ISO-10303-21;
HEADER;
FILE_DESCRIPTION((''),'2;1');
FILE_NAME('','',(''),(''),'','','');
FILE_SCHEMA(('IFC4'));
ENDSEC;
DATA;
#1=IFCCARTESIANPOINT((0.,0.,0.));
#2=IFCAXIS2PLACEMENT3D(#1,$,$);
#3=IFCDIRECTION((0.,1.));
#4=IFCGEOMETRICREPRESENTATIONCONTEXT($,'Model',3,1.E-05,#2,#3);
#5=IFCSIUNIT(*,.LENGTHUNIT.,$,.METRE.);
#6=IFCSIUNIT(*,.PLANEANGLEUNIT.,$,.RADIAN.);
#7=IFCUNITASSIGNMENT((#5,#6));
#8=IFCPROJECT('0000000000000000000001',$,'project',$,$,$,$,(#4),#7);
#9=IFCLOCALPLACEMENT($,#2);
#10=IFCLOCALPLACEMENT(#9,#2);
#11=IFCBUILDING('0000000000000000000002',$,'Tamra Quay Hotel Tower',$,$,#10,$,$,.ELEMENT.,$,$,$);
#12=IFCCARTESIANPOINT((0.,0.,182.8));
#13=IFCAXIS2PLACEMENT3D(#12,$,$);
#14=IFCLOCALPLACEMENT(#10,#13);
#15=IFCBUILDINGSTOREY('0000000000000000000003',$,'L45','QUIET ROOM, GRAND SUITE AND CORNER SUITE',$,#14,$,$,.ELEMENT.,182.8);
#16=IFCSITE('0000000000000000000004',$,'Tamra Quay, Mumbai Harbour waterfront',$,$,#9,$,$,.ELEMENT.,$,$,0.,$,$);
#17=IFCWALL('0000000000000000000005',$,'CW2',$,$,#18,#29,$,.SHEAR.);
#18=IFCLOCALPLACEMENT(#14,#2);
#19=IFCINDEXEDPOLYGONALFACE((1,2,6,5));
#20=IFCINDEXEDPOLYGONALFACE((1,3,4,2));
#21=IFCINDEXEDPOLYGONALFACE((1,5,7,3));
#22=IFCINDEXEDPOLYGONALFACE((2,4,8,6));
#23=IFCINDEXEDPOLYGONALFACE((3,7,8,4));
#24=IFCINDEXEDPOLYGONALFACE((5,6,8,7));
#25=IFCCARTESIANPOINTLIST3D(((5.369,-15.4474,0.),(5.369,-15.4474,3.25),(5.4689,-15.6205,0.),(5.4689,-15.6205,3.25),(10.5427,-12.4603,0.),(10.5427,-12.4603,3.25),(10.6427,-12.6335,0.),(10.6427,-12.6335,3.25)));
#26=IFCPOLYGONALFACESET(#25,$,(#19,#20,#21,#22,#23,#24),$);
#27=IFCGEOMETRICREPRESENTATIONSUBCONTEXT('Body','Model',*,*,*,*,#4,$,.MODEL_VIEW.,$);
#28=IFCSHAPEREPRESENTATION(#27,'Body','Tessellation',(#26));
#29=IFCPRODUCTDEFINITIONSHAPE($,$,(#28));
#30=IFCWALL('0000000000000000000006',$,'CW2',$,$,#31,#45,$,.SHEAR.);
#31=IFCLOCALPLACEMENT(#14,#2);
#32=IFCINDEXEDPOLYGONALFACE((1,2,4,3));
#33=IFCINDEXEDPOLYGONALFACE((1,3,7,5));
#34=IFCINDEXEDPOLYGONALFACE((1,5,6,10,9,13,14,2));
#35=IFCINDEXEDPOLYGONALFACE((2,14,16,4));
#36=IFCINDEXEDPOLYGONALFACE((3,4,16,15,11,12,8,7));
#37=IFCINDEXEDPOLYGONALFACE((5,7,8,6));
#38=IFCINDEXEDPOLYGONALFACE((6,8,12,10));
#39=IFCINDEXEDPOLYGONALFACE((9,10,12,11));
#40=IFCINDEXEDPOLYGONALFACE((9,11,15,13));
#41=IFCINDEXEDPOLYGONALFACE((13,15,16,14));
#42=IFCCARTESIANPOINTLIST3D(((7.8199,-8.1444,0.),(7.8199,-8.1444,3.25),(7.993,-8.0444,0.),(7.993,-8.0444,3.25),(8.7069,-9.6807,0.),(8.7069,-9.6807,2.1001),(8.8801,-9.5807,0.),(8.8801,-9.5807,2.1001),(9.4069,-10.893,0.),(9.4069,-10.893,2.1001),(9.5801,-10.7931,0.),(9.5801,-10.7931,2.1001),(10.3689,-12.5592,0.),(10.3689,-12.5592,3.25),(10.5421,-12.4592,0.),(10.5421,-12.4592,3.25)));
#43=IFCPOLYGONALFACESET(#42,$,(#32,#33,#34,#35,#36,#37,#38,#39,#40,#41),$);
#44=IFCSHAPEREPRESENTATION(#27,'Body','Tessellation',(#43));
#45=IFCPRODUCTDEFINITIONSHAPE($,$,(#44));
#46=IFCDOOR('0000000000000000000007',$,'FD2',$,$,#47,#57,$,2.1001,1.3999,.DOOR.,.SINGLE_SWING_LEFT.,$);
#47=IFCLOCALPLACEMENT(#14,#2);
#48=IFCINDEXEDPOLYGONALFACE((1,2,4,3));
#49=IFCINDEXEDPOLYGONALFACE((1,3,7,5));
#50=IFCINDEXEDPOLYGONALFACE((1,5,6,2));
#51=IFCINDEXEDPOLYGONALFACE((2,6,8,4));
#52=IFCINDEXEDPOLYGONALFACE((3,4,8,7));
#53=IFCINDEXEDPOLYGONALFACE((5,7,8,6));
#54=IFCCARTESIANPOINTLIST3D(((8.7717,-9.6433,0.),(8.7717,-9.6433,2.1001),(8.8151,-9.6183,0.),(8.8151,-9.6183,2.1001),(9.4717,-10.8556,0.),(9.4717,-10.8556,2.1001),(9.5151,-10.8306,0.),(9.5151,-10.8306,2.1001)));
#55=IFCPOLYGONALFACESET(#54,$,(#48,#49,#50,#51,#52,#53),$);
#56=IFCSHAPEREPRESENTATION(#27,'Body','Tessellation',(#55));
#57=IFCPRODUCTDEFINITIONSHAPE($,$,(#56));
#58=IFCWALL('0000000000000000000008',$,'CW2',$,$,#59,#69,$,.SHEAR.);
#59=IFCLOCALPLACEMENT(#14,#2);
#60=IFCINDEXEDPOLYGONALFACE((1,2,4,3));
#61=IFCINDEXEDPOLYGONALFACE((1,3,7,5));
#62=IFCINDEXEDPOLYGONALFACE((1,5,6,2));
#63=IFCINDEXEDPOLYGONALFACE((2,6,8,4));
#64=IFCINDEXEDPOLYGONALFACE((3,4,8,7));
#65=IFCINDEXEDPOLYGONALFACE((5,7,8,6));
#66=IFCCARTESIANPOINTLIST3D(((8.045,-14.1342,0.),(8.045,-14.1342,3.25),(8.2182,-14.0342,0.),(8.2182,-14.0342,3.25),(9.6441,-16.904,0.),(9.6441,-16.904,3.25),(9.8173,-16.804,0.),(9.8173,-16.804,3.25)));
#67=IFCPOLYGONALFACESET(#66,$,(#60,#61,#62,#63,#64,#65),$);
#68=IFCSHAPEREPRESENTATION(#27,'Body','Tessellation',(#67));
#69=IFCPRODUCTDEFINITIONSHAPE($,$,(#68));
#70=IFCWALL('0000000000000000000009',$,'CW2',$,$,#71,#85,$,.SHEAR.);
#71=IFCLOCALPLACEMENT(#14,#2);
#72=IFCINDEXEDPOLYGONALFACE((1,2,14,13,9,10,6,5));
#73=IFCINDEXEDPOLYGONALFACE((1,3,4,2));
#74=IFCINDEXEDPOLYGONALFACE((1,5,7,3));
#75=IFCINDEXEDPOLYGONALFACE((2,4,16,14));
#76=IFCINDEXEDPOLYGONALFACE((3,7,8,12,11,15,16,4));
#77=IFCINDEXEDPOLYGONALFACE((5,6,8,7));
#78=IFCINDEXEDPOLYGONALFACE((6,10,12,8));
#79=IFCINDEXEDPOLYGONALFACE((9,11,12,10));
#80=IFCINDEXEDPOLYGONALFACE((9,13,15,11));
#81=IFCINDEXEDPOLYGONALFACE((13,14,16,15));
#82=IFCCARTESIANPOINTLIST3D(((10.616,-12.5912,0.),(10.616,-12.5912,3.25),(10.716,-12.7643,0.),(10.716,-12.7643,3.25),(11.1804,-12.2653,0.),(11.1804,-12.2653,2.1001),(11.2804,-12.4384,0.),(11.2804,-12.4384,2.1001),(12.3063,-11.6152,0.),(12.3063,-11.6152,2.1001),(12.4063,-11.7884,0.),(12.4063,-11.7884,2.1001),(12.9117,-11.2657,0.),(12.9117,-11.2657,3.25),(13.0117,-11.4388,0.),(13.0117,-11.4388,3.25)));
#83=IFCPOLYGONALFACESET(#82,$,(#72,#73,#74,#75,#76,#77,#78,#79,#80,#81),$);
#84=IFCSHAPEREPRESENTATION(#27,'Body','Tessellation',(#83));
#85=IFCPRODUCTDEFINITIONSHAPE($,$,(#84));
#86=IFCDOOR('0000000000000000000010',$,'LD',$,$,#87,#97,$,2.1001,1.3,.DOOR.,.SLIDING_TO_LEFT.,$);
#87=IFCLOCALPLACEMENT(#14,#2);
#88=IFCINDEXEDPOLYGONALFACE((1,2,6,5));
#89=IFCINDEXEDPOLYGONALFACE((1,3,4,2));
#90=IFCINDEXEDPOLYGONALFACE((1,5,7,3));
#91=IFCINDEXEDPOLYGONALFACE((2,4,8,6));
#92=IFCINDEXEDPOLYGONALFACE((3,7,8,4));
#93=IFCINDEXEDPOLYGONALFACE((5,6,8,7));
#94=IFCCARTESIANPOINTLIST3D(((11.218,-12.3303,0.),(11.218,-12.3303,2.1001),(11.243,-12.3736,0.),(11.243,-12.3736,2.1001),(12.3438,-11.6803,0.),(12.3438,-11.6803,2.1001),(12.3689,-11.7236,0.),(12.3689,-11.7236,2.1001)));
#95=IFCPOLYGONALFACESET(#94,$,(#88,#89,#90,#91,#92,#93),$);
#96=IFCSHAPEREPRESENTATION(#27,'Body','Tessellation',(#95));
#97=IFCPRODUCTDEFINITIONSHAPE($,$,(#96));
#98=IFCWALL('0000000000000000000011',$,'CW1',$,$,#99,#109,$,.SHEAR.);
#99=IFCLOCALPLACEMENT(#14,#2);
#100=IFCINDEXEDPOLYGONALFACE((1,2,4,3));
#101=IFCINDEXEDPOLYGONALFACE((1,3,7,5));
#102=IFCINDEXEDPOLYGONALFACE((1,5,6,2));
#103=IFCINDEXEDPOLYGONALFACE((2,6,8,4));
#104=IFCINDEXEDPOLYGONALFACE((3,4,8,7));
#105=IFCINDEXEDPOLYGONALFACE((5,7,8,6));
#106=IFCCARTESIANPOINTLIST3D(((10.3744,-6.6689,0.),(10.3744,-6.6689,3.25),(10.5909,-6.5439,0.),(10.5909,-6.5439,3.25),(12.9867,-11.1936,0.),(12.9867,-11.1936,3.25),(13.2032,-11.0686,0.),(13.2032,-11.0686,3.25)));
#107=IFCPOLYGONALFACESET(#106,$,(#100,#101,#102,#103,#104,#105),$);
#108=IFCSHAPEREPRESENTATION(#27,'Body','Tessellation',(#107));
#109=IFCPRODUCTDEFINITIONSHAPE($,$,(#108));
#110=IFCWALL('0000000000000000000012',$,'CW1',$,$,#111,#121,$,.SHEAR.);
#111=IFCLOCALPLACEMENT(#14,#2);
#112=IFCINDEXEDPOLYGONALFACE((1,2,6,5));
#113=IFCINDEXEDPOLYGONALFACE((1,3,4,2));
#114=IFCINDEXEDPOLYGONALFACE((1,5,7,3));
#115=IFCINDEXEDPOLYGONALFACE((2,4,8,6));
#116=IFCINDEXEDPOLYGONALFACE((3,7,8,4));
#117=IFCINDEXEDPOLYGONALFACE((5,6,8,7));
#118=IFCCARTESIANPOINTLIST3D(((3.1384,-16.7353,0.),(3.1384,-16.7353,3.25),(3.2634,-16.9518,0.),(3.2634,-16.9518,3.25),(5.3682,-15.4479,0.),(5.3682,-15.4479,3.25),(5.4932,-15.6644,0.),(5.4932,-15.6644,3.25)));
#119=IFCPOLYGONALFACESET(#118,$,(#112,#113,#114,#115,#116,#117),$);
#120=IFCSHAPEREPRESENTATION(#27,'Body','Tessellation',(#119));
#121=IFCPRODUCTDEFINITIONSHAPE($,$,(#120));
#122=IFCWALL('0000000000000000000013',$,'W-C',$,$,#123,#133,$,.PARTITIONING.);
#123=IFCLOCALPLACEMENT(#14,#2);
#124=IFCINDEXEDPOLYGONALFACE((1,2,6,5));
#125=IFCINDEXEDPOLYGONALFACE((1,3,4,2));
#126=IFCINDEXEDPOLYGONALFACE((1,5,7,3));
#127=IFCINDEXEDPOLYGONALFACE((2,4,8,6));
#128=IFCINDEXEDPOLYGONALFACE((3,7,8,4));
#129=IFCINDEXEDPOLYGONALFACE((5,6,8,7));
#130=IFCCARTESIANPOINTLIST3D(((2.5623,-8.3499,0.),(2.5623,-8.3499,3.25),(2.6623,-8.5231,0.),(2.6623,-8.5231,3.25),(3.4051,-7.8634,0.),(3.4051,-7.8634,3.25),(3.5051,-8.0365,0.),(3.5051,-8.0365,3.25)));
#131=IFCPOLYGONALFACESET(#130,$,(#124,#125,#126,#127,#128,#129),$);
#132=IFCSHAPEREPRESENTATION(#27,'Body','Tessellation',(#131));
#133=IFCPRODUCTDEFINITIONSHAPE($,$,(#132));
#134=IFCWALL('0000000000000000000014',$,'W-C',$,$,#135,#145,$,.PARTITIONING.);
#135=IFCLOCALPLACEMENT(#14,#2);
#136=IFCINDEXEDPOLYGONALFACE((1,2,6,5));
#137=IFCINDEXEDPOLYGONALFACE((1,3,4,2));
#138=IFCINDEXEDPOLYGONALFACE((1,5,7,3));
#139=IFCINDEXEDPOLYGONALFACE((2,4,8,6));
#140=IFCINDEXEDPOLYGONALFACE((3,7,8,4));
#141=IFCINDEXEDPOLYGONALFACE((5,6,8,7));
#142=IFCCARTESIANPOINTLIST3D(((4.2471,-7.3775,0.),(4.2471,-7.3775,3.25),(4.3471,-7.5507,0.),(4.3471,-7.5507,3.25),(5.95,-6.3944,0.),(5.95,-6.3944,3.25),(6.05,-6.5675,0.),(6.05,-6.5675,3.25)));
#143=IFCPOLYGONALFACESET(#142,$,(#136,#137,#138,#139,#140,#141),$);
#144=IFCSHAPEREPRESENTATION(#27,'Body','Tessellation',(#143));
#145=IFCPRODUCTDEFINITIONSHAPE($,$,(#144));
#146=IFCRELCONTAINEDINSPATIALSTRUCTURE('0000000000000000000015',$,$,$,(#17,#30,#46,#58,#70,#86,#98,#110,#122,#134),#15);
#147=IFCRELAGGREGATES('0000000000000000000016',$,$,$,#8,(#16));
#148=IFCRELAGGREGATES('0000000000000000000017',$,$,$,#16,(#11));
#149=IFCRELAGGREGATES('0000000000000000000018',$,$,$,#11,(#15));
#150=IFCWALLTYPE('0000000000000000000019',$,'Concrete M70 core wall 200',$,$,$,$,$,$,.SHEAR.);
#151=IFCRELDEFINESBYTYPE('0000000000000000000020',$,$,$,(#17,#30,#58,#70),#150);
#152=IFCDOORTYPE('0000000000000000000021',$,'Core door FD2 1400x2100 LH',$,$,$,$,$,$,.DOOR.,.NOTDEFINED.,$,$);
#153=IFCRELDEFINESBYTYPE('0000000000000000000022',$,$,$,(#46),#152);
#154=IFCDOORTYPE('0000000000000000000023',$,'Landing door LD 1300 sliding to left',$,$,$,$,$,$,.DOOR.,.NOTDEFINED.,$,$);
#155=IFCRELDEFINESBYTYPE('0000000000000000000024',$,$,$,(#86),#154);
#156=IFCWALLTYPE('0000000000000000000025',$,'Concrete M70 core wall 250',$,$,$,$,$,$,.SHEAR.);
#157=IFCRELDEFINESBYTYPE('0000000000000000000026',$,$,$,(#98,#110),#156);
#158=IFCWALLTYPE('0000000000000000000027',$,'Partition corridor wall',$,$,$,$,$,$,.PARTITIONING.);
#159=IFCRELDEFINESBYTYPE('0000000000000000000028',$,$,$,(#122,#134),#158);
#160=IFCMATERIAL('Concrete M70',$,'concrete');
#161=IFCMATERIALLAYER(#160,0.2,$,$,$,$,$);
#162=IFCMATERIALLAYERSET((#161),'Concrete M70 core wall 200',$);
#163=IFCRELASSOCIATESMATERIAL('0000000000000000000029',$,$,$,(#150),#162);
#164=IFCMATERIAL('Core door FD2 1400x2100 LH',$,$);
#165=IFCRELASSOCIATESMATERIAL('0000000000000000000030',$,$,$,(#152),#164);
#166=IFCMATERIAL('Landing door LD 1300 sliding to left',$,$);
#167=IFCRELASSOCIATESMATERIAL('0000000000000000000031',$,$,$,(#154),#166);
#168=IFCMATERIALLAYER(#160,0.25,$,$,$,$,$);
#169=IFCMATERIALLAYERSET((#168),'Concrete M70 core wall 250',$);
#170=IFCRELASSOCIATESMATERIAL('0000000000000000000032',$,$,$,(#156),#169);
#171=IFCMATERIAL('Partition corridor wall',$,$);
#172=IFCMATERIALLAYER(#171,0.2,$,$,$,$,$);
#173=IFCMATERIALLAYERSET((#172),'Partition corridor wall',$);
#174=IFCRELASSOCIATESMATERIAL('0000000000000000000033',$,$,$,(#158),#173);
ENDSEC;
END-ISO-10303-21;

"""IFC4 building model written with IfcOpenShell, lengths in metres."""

from ifc_helpers import new_model, si_unit, direction, frame, frame_2d, origin, place, context, subcontext, project, spatial, rectangle, extrude, material, layer, layer_set, type_object, element, fill, save


model = new_model("IFC4")

# Units and contexts
model_context = context("Model", 3, precision=1e-05, world=origin(), true_north=direction((0.0, 1.0)))
body_context = subcontext(model_context, "Body", "Model", "MODEL_VIEW")
ifc_project = project(units=[si_unit("LENGTHUNIT", "METRE"), si_unit("PLANEANGLEUNIT", "RADIAN")], contexts=[model_context])

# Site, building, storey
site_placement = place(None, origin())
site = spatial("IfcSite", under=ifc_project, at=site_placement, Name="Tamra Quay, Mumbai Harbour waterfront", CompositionType="ELEMENT", RefElevation=0.0)
building_placement = place(site_placement, origin())
building = spatial("IfcBuilding", under=site, at=building_placement, Name="Tamra Quay Hotel Tower", CompositionType="ELEMENT")
storey_placement = place(building_placement, frame((0.0, 0.0, 182.8)))
storey = spatial("IfcBuildingStorey", under=building, at=storey_placement, Name="L45", Description="QUIET ROOM, GRAND SUITE AND CORNER SUITE", CompositionType="ELEMENT", Elevation=182.8)

# Wall
ifc_material_1 = material(Name="Concrete M70", Category="concrete")
ifc_layer_1 = layer(ifc_material_1, 0.2)
ifc_layer_set_1 = layer_set([ifc_layer_1], Name="Concrete M70 core wall 200")
wall_type_1 = type_object("IfcWallType", Name="Concrete M70 core wall 200", PredefinedType="SHEAR", material=ifc_layer_set_1)
wall_1_placement = place(storey_placement, frame((5.4189, -15.5339, 0.0), z_axis=(0.0, 0.0, 1.0), x_axis=(0.866029, 0.499994, 0.0)))
element("IfcWall", 1, at=wall_1_placement, inside=storey, type_object=wall_type_1, Name="CW2", PredefinedType="SHEAR", context=body_context, shape_type="SweptSolid", body=[
    extrude(rectangle(XDim=5.9741, YDim=0.2, at=frame_2d((2.9871, 0.0))), origin(), (0.0, 0.0, 1.0), 3.25),
])

# Wall, opening, door
wall_2_placement = place(storey_placement, frame((7.9065, -8.0945, 0.0), z_axis=(0.0, 0.0, 1.0), x_axis=(0.500028, -0.866009, 0.0)))
wall_2 = element("IfcWall", 2, at=wall_2_placement, inside=storey, type_object=wall_type_1, Name="CW2", PredefinedType="SHEAR", context=body_context, shape_type="SweptSolid", body=[
    extrude(rectangle(XDim=5.0979, YDim=0.2, at=frame_2d((2.5488, 0.0))), origin(), (0.0, 0.0, 1.0), 3.25),
])
opening_1_placement = place(wall_2_placement, frame((1.7739, 0.0, 0.0)))
opening_1 = element("IfcOpeningElement", 3, at=opening_1_placement, cuts=wall_2, PredefinedType="OPENING", context=body_context, shape_type="SweptSolid", body=[
    extrude(rectangle(XDim=1.3999, YDim=2.1001, at=frame_2d((0.7, 1.05))), frame((0.0, 0.1099, 0.0), z_axis=(0.0, -1.0, 0.0), x_axis=(1.0, 0.0, 0.0)), (0.0, 0.0, 1.0), 0.22),
])
ifc_material_2 = material(Name="Core door FD2 1400x2100 LH")
door_type_1 = type_object("IfcDoorType", Name="Core door FD2 1400x2100 LH", OperationType="NOTDEFINED", PredefinedType="DOOR", material=ifc_material_2)
door_1_placement = place(opening_1_placement, origin())
door_1 = element("IfcDoor", 4, at=door_1_placement, inside=storey, type_object=door_type_1, Name="FD2", OperationType="SINGLE_SWING_LEFT", OverallHeight=2.1001, OverallWidth=1.3999, PredefinedType="DOOR", context=body_context, shape_type="SweptSolid", body=[
    extrude(rectangle(XDim=1.3999, YDim=2.1001, at=frame_2d((0.7, 1.05))), frame((0.0, 0.0249, 0.0), z_axis=(0.0, -1.0, 0.0), x_axis=(1.0, 0.0, 0.0)), (0.0, 0.0, 1.0), 0.05),
])
fill(opening_1, door_1)

# Wall
wall_3_placement = place(storey_placement, frame((8.1316, -14.0842, 0.0), z_axis=(0.0, 0.0, 1.0), x_axis=(0.499998, -0.866027, 0.0)))
element("IfcWall", 5, at=wall_3_placement, inside=storey, type_object=wall_type_1, Name="CW2", PredefinedType="SHEAR", context=body_context, shape_type="SweptSolid", body=[
    extrude(rectangle(XDim=3.1982, YDim=0.2, at=frame_2d((1.5991, 0.0))), origin(), (0.0, 0.0, 1.0), 3.25),
])

# Wall, opening, door
wall_4_placement = place(storey_placement, frame((10.666, -12.6777, 0.0), z_axis=(0.0, 0.0, 1.0), x_axis=(0.866018, 0.500012, 0.0)))
wall_4 = element("IfcWall", 6, at=wall_4_placement, inside=storey, type_object=wall_type_1, Name="CW2", PredefinedType="SHEAR", context=body_context, shape_type="SweptSolid", body=[
    extrude(rectangle(XDim=2.6509, YDim=0.2, at=frame_2d((1.3254, 0.0))), origin(), (0.0, 0.0, 1.0), 3.25),
])
opening_2_placement = place(wall_4_placement, frame((0.6519, 0.0, 0.0)))
opening_2 = element("IfcOpeningElement", 7, at=opening_2_placement, cuts=wall_4, PredefinedType="OPENING", context=body_context, shape_type="SweptSolid", body=[
    extrude(rectangle(XDim=1.3, YDim=2.1001, at=frame_2d((0.6499, 1.05))), frame((0.0, 0.1099, 0.0), z_axis=(0.0, -1.0, 0.0), x_axis=(1.0, 0.0, 0.0)), (0.0, 0.0, 1.0), 0.22),
])
ifc_material_3 = material(Name="Landing door LD 1300 sliding to left")
door_type_2 = type_object("IfcDoorType", Name="Landing door LD 1300 sliding to left", OperationType="NOTDEFINED", PredefinedType="DOOR", material=ifc_material_3)
door_2_placement = place(opening_2_placement, origin())
door_2 = element("IfcDoor", 8, at=door_2_placement, inside=storey, type_object=door_type_2, Name="LD", OperationType="SLIDING_TO_LEFT", OverallHeight=2.1001, OverallWidth=1.3, PredefinedType="DOOR", context=body_context, shape_type="SweptSolid", body=[
    extrude(rectangle(XDim=1.3, YDim=2.1001, at=frame_2d((0.6499, 1.05))), frame((0.0, 0.0249, 0.0), z_axis=(0.0, -1.0, 0.0), x_axis=(1.0, 0.0, 0.0)), (0.0, 0.0, 1.0), 0.05),
])
fill(opening_2, door_2)

# Walls
ifc_layer_2 = layer(ifc_material_1, 0.25)
ifc_layer_set_2 = layer_set([ifc_layer_2], Name="Concrete M70 core wall 250")
wall_type_2 = type_object("IfcWallType", Name="Concrete M70 core wall 250", PredefinedType="SHEAR", material=ifc_layer_set_2)
wall_5_placement = place(storey_placement, frame((10.4827, -6.6064, 0.0), z_axis=(0.0, 0.0, 1.0), x_axis=(0.499999, -0.866026, 0.0)))
element("IfcWall", 9, at=wall_5_placement, inside=storey, type_object=wall_type_2, Name="CW1", PredefinedType="SHEAR", context=body_context, shape_type="SweptSolid", body=[
    extrude(rectangle(XDim=5.2246, YDim=0.25, at=frame_2d((2.6123, 0.0))), origin(), (0.0, 0.0, 1.0), 3.25),
])
wall_6_placement = place(storey_placement, frame((5.4307, -15.5562, 0.0), z_axis=(0.0, 0.0, 1.0), x_axis=(-0.866023, -0.500004, 0.0)))
element("IfcWall", 10, at=wall_6_placement, inside=storey, type_object=wall_type_2, Name="CW1", PredefinedType="SHEAR", context=body_context, shape_type="SweptSolid", body=[
    extrude(rectangle(XDim=2.5747, YDim=0.25, at=frame_2d((1.2874, 0.0))), origin(), (0.0, 0.0, 1.0), 3.25),
])
ifc_material_4 = material(Name="Partition corridor wall")
ifc_layer_3 = layer(ifc_material_4, 0.2)
ifc_layer_set_3 = layer_set([ifc_layer_3], Name="Partition corridor wall")
wall_type_3 = type_object("IfcWallType", Name="Partition corridor wall", PredefinedType="PARTITIONING", material=ifc_layer_set_3)
wall_7_placement = place(storey_placement, frame((2.6123, -8.4365, 0.0), z_axis=(0.0, 0.0, 1.0), x_axis=(0.866027, 0.499998, 0.0)))
element("IfcWall", 11, at=wall_7_placement, inside=storey, type_object=wall_type_3, Name="W-C", PredefinedType="PARTITIONING", context=body_context, shape_type="SweptSolid", body=[
    extrude(rectangle(XDim=0.9731, YDim=0.2, at=frame_2d((0.4866, 0.0))), origin(), (0.0, 0.0, 1.0), 3.25),
])
wall_8_placement = place(storey_placement, frame((4.2971, -7.4641, 0.0), z_axis=(0.0, 0.0, 1.0), x_axis=(0.866026, 0.499998, 0.0)))
element("IfcWall", 12, at=wall_8_placement, inside=storey, type_object=wall_type_3, Name="W-C", PredefinedType="PARTITIONING", context=body_context, shape_type="SweptSolid", body=[
    extrude(rectangle(XDim=1.9663, YDim=0.2, at=frame_2d((0.9832, 0.0))), origin(), (0.0, 0.0, 1.0), 3.25),
])

save(model, "model.ifc")
